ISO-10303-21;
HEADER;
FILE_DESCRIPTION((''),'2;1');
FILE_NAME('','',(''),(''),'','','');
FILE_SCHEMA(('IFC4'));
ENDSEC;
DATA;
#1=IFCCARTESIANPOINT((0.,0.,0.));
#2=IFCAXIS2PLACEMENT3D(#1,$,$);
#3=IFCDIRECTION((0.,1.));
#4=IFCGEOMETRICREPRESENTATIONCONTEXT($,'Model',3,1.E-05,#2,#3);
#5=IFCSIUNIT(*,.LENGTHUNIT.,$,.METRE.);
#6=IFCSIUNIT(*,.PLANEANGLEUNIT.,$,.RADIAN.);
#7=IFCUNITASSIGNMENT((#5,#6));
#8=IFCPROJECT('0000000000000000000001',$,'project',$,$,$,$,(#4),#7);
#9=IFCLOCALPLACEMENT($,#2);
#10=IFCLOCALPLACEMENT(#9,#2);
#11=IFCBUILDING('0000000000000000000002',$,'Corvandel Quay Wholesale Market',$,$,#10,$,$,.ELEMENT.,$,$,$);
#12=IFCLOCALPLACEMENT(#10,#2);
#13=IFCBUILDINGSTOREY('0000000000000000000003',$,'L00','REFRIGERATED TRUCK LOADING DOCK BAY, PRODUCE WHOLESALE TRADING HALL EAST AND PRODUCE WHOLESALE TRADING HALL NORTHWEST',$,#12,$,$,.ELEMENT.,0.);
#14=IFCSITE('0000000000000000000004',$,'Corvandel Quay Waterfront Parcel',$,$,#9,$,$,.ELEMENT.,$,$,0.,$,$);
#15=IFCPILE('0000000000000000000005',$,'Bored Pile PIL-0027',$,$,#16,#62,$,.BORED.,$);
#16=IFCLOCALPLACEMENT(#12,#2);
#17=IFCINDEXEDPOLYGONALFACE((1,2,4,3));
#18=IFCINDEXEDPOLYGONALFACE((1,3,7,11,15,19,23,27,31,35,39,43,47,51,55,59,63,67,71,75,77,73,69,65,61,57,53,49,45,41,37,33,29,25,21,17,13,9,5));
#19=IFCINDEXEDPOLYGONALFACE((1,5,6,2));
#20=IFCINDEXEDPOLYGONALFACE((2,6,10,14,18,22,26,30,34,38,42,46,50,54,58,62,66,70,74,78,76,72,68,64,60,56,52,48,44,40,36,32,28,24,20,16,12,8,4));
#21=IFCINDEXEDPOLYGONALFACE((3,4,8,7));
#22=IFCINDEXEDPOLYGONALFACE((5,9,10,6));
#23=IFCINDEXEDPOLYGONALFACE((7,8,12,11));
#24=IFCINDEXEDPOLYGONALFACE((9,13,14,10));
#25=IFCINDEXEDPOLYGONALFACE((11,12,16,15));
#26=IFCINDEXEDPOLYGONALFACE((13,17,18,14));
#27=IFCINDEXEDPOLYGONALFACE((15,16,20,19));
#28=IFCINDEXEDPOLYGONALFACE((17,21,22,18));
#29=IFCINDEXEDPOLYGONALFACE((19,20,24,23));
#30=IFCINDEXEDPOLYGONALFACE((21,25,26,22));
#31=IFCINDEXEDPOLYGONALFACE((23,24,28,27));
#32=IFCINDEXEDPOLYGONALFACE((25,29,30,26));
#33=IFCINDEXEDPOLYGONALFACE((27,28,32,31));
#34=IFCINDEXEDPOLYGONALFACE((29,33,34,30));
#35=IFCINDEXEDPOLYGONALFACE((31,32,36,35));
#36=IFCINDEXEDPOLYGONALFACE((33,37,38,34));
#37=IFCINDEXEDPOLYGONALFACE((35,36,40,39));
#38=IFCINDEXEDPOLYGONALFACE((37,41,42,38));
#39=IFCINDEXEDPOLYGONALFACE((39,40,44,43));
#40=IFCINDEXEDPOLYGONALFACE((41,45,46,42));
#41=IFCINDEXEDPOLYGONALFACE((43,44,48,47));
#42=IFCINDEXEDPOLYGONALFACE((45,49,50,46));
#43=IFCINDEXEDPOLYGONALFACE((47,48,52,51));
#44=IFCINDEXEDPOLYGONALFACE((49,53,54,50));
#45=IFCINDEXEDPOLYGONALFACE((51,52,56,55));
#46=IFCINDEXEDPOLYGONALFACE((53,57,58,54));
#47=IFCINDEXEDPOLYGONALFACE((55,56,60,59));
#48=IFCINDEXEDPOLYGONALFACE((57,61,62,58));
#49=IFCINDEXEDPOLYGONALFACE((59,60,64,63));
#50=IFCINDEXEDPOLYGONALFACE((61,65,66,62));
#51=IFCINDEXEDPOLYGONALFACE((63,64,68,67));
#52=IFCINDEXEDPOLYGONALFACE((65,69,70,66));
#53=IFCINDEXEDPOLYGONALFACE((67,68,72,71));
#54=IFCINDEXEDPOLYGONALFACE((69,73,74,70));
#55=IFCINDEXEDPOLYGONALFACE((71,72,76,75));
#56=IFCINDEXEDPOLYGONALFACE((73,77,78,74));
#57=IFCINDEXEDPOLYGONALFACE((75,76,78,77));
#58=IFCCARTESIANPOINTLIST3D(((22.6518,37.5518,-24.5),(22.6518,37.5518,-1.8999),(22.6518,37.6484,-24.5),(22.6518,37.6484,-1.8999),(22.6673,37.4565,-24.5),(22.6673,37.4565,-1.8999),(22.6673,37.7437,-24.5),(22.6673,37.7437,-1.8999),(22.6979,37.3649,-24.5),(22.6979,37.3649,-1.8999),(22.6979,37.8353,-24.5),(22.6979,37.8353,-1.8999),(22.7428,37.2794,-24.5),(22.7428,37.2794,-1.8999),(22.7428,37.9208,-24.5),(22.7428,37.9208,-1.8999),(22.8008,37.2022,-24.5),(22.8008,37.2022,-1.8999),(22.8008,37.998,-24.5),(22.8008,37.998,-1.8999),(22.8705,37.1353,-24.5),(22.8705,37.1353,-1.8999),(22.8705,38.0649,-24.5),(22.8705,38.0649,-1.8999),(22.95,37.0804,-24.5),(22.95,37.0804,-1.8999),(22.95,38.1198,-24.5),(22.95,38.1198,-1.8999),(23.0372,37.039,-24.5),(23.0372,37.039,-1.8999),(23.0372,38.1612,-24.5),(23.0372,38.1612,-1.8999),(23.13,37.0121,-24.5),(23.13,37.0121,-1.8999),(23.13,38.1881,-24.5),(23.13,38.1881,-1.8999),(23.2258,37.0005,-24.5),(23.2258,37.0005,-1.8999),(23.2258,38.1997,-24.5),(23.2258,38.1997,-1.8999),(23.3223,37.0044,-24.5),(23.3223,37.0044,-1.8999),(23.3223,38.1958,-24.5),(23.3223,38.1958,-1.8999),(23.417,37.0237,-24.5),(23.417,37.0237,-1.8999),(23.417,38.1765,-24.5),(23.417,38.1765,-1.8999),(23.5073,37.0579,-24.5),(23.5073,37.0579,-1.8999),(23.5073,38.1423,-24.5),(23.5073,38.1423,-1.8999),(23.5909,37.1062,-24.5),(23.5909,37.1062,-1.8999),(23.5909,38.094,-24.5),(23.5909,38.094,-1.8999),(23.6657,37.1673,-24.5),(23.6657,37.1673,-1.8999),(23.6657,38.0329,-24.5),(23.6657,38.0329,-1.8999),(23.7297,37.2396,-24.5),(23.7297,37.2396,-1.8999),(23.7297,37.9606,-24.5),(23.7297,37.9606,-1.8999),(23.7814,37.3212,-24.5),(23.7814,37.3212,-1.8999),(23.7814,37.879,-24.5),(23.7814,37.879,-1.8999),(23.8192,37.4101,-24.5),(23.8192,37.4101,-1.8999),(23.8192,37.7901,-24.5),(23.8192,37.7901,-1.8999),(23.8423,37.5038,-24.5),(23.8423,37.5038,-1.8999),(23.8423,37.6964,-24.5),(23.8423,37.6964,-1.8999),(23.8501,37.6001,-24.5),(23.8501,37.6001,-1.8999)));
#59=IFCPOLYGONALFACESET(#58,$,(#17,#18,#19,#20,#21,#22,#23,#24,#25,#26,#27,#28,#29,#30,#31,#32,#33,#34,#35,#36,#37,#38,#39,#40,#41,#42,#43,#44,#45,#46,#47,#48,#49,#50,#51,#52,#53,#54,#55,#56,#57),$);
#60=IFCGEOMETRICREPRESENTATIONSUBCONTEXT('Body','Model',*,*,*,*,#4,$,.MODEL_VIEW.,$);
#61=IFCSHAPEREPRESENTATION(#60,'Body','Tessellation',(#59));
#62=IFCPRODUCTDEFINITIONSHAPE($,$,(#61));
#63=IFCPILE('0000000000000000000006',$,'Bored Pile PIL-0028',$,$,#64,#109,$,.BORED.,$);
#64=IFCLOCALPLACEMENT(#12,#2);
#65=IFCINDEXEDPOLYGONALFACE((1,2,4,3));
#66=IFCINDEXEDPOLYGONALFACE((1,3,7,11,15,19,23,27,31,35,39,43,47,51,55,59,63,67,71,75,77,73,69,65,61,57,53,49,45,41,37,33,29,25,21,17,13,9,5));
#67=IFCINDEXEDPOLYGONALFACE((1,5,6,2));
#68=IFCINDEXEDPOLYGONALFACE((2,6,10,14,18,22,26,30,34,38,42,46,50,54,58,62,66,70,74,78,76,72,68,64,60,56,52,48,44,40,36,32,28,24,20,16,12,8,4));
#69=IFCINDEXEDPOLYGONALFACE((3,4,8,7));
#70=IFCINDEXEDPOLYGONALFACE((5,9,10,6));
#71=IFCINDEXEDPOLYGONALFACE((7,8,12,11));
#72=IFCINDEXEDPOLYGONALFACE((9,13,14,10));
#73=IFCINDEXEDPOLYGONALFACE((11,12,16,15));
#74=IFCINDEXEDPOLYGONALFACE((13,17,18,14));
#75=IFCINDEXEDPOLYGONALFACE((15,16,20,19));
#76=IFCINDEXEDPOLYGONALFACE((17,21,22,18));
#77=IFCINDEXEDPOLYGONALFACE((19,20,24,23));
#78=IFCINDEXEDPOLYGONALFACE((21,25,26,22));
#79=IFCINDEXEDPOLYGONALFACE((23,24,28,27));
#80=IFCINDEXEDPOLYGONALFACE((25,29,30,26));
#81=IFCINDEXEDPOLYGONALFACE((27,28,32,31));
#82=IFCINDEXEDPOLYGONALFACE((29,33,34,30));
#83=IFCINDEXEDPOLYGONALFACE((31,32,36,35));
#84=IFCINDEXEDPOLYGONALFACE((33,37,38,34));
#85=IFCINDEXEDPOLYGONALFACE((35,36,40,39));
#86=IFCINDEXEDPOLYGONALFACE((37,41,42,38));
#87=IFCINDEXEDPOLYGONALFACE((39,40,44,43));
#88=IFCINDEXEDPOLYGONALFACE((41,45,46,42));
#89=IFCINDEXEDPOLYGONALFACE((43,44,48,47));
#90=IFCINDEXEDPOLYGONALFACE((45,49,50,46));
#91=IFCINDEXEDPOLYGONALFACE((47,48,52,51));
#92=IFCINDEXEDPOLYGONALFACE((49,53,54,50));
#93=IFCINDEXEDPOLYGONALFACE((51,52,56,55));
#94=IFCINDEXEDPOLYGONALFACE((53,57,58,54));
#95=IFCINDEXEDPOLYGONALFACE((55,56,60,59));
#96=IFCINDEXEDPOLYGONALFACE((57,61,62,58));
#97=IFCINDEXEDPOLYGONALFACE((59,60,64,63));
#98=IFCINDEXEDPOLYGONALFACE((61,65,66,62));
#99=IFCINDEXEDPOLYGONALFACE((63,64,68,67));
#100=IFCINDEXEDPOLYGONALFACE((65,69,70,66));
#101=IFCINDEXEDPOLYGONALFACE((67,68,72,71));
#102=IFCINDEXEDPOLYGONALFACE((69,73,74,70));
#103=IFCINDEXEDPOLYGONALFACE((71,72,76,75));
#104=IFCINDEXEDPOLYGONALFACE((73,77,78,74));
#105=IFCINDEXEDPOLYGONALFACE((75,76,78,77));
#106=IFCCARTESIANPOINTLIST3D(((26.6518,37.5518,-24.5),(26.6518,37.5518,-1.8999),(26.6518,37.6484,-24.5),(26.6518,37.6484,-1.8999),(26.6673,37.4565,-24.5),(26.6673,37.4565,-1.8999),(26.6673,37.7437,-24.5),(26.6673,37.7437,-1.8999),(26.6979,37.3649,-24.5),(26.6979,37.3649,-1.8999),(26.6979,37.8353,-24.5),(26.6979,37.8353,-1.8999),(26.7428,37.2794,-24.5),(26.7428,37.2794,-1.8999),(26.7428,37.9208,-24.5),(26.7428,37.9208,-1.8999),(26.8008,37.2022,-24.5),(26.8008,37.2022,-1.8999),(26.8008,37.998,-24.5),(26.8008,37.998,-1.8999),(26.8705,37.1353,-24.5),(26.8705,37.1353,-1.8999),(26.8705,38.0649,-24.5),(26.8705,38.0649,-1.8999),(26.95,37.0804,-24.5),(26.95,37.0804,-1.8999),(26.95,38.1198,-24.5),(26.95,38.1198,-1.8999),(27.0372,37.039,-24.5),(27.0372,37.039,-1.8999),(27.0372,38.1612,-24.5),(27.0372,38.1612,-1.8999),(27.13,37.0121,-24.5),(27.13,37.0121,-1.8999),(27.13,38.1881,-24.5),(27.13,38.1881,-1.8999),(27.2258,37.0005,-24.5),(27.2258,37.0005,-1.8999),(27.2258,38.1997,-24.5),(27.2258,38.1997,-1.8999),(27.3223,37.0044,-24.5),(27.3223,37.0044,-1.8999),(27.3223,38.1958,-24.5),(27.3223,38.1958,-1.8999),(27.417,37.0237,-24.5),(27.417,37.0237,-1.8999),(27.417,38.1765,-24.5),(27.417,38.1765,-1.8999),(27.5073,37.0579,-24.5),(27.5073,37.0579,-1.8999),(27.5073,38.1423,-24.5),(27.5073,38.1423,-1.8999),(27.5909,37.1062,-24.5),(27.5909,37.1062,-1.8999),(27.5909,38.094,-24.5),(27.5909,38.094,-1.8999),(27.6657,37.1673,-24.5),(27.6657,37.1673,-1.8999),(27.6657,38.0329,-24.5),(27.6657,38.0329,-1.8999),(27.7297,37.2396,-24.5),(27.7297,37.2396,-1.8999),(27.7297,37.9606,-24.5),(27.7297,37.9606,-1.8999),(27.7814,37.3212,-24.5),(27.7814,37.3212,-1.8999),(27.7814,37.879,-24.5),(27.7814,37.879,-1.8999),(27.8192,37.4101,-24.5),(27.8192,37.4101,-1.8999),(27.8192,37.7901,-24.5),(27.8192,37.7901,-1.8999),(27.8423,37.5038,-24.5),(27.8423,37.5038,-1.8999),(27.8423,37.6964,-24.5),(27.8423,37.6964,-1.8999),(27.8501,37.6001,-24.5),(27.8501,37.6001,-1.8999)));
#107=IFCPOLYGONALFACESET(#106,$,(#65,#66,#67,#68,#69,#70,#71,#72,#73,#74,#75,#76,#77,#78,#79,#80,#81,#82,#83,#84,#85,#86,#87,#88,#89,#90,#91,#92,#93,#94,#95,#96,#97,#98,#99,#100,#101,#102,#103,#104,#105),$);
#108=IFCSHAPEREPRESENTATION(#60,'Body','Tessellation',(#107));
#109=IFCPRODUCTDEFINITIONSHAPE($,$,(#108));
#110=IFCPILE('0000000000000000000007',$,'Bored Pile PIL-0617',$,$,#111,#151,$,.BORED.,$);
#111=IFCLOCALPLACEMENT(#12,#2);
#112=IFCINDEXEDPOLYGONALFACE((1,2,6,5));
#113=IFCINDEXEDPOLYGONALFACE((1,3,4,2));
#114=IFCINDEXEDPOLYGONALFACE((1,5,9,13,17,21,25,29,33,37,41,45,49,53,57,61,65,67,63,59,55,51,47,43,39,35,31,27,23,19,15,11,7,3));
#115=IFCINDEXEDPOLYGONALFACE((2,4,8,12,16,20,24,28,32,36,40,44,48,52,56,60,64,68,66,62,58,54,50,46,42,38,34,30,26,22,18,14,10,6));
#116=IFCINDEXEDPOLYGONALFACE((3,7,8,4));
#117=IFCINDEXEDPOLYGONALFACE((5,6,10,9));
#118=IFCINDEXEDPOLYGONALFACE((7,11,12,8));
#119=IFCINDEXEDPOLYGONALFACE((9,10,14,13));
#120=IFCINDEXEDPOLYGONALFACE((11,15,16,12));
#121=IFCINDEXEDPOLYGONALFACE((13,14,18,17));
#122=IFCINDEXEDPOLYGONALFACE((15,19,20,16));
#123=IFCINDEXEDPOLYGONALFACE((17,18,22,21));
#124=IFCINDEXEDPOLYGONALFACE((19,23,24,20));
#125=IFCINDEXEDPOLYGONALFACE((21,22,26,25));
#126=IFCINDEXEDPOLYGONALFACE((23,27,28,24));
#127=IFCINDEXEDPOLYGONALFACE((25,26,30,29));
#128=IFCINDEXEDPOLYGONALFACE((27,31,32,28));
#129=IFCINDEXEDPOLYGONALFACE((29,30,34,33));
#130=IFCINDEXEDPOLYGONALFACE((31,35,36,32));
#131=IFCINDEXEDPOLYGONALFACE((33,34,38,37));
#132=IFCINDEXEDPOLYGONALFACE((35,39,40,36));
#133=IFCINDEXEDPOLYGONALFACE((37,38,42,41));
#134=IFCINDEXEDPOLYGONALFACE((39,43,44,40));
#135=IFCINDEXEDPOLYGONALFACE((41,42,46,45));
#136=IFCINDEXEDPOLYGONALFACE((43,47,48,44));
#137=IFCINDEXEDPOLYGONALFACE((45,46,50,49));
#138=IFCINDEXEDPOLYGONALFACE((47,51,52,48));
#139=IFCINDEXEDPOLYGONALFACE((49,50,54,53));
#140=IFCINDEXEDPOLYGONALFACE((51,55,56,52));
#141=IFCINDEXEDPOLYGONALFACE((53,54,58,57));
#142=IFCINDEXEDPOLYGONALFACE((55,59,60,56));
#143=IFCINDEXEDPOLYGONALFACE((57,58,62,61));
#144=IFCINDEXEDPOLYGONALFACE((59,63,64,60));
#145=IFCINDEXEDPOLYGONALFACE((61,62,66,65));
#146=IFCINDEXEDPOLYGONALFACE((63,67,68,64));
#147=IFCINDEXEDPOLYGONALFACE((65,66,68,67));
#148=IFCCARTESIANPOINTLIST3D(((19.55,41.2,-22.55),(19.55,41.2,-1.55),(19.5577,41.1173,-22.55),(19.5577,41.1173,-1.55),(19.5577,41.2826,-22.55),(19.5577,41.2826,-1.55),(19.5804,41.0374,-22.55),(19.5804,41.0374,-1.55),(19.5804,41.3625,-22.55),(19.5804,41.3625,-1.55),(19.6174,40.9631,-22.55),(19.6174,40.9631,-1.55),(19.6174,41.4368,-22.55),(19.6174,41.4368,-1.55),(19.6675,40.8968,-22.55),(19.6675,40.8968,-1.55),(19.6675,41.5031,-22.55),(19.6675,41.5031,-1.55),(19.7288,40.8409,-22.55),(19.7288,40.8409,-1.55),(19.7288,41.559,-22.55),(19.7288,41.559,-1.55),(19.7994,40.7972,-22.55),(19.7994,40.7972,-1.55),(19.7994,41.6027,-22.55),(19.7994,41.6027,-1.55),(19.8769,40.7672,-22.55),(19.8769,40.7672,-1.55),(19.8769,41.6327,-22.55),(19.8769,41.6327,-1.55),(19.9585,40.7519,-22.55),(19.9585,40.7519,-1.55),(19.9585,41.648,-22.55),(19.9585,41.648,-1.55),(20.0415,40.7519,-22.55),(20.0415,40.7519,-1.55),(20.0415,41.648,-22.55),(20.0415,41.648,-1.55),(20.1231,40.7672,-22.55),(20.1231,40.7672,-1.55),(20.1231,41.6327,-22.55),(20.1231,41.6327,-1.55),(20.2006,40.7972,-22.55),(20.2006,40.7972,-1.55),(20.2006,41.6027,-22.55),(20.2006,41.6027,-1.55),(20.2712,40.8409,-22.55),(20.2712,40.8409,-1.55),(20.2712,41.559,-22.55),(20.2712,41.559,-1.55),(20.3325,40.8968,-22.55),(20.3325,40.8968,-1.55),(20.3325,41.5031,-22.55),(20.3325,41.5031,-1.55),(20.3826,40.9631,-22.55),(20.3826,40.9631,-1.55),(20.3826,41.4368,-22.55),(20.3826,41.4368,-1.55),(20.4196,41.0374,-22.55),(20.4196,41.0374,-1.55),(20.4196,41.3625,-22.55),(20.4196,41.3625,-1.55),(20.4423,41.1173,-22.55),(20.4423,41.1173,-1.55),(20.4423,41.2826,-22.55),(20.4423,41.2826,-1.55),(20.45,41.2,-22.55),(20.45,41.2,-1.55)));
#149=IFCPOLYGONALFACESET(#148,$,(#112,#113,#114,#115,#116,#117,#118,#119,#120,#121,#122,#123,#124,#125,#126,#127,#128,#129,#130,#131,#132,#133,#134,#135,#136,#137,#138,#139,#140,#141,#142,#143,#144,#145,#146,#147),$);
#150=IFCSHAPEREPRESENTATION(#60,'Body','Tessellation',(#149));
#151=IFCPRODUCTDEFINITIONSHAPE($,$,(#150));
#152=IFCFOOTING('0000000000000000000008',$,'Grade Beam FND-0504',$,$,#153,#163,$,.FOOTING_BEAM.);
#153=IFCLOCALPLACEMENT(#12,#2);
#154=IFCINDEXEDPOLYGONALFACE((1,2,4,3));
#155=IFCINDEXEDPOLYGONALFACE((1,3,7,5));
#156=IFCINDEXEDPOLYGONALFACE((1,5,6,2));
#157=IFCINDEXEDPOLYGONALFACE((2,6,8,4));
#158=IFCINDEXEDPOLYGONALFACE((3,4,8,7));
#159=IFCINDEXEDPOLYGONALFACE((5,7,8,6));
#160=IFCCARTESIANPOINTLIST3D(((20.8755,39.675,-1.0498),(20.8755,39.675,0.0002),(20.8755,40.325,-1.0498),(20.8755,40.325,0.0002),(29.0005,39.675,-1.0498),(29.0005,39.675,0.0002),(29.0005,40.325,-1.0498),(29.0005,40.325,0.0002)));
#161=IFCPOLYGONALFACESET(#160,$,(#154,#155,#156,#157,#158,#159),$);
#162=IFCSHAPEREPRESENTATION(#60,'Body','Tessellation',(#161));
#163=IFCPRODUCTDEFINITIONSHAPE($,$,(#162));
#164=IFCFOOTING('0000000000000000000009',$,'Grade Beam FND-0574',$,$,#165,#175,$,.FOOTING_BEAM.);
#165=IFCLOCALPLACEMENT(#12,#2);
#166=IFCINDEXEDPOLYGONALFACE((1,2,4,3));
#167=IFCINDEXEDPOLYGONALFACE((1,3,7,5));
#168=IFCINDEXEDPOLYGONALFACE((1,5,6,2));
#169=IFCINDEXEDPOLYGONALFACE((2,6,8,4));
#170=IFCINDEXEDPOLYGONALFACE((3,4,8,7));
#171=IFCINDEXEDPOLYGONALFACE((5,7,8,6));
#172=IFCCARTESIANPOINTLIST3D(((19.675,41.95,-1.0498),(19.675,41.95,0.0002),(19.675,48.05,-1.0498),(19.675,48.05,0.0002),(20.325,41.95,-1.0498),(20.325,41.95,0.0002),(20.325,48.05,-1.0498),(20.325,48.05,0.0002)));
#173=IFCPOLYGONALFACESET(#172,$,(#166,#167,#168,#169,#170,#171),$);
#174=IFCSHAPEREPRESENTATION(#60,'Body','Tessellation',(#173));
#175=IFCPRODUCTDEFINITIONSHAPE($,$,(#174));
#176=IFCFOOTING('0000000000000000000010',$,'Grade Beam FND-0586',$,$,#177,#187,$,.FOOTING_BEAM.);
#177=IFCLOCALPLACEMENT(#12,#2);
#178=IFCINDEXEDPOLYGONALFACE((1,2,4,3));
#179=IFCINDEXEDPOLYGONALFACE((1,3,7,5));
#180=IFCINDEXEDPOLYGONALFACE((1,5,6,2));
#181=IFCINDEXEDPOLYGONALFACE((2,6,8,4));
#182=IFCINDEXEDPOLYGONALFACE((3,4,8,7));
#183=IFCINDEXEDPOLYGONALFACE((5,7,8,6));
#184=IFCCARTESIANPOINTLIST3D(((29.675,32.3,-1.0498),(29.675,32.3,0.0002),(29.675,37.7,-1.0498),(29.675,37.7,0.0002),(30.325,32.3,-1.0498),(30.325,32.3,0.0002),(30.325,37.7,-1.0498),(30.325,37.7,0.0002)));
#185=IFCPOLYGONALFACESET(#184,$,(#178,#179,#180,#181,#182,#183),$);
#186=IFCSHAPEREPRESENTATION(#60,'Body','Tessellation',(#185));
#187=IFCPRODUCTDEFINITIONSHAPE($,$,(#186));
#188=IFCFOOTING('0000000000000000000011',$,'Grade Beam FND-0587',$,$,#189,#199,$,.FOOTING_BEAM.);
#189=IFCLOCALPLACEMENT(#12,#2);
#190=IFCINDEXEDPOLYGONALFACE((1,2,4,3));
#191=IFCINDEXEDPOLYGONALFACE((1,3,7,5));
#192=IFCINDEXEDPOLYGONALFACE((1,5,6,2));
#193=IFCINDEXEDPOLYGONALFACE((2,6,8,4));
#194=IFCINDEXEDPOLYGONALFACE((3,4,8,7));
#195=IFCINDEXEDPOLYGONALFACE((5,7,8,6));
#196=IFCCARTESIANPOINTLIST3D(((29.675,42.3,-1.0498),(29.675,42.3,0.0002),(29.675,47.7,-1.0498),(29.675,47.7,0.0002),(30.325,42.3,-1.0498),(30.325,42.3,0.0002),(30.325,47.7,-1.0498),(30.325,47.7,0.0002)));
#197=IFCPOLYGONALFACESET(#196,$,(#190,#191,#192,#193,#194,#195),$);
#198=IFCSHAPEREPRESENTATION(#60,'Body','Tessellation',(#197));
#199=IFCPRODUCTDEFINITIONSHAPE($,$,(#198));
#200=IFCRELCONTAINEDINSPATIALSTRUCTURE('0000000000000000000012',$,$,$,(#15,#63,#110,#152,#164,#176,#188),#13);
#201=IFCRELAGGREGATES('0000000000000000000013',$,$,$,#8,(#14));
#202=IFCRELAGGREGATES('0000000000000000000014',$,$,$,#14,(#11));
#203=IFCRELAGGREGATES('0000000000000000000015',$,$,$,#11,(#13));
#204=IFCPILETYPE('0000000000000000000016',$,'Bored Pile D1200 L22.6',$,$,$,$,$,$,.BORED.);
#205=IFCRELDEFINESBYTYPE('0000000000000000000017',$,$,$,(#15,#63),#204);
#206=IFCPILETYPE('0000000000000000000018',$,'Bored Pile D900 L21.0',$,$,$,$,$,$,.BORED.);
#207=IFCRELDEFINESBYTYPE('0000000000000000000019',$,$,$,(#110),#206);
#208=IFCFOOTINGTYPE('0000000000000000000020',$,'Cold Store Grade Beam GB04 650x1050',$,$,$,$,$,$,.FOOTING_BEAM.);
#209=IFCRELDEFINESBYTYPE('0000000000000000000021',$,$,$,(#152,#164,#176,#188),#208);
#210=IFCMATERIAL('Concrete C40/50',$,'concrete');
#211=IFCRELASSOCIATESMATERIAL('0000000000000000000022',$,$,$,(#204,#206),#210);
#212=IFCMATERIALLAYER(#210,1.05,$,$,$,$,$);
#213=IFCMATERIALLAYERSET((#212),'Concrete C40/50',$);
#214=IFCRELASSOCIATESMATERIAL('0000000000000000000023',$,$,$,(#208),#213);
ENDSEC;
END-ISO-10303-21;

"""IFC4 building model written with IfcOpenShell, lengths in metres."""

from ifc_helpers import new_model, si_unit, direction, frame, origin, origin_2d, place, context, subcontext, project, spatial, rectangle, circle, extrude, material, layer, layer_set, material_profile, profile_set, type_object, element, save


model = new_model("IFC4")

# Units and contexts
model_context = context("Model", 3, precision=1e-05, world=origin(), true_north=direction((0.0, 1.0)))
body_context = subcontext(model_context, "Body", "Model", "MODEL_VIEW")
ifc_project = project(units=[si_unit("LENGTHUNIT", "METRE"), si_unit("PLANEANGLEUNIT", "RADIAN")], contexts=[model_context])

# Site, building, storey
site_placement = place(None, origin())
site = spatial("IfcSite", under=ifc_project, at=site_placement, Name="Corvandel Quay Waterfront Parcel", CompositionType="ELEMENT", RefElevation=0.0)
building_placement = place(site_placement, origin())
building = spatial("IfcBuilding", under=site, at=building_placement, Name="Corvandel Quay Wholesale Market", CompositionType="ELEMENT")
storey_placement = place(building_placement, origin())
storey = spatial("IfcBuildingStorey", under=building, at=storey_placement, Name="L00", Description="REFRIGERATED TRUCK LOADING DOCK BAY, PRODUCE WHOLESALE TRADING HALL EAST AND PRODUCE WHOLESALE TRADING HALL NORTHWEST", CompositionType="ELEMENT", Elevation=0.0)

# Piles
ifc_material_1 = material(Name="Concrete C40/50", Category="concrete")
ifc_material_profile_1 = material_profile(ifc_material_1, circle(Radius=0.6001, at=origin_2d()), Name="RC-PILE-D1200")
ifc_profile_set_1 = profile_set([ifc_material_profile_1], Name="Concrete C40/50")
pile_type_1 = type_object("IfcPileType", Name="Bored Pile D1200 L22.6", PredefinedType="BORED", material=ifc_profile_set_1)
for number, where, z_axis, x_axis, name in (
    (1, (23.25, 37.6001, -1.8999), (0.0, 0.0, -1.0), (1.0, 0.0, 0.0), "Bored Pile PIL-0027"),
    (2, (27.25, 37.6001, -1.8999), (0.0, 0.0, -1.0), (1.0, 0.0, 0.0), "Bored Pile PIL-0028"),
):
    element("IfcPile", number, at=place(storey_placement, frame(where, z_axis=z_axis, x_axis=x_axis)), inside=storey, type_object=pile_type_1, Name=name, PredefinedType="BORED", context=body_context, shape_type="SweptSolid", body=[
        extrude(circle(Radius=0.6001, at=origin_2d()), origin(), (0.0, 0.0, 1.0), 22.6001),
    ])
ifc_material_profile_2 = material_profile(ifc_material_1, circle(Radius=0.45, at=origin_2d()), Name="RC-PILE-D900")
ifc_profile_set_2 = profile_set([ifc_material_profile_2], Name="Concrete C40/50")
pile_type_2 = type_object("IfcPileType", Name="Bored Pile D900 L21.0", PredefinedType="BORED", material=ifc_profile_set_2)
pile_placement = place(storey_placement, frame((20.0, 41.2, -1.55), z_axis=(0.0, 0.0, -1.0), x_axis=(1.0, 0.0, 0.0)))
element("IfcPile", 3, at=pile_placement, inside=storey, type_object=pile_type_2, Name="Bored Pile PIL-0617", PredefinedType="BORED", context=body_context, shape_type="SweptSolid", body=[
    extrude(circle(Radius=0.45, at=origin_2d()), origin(), (0.0, 0.0, 1.0), 21.0),
])

# Footings
ifc_layer_1 = layer(ifc_material_1, 1.05)
ifc_layer_set_1 = layer_set([ifc_layer_1], Name="Concrete C40/50")
footing_type_1 = type_object("IfcFootingType", Name="Cold Store Grade Beam GB04 650x1050", PredefinedType="FOOTING_BEAM", material=ifc_layer_set_1)
footing_1_placement = place(storey_placement, frame((24.938, 40.0, -1.0498), z_axis=(0.0, 0.0, 1.0), x_axis=(1.0, 0.0, 0.0)))
element("IfcFooting", 4, at=footing_1_placement, inside=storey, type_object=footing_type_1, Name="Grade Beam FND-0504", PredefinedType="FOOTING_BEAM", context=body_context, shape_type="SweptSolid", body=[
    extrude(rectangle(XDim=8.125, YDim=0.6499, at=origin_2d()), origin(), (0.0, 0.0, 1.0), 1.05),
])
footing_2_placement = place(storey_placement, frame((20.0, 45.0, -1.0498), z_axis=(0.0, 0.0, 1.0), x_axis=(0.0, 1.0, 0.0)))
element("IfcFooting", 5, at=footing_2_placement, inside=storey, type_object=footing_type_1, Name="Grade Beam FND-0574", PredefinedType="FOOTING_BEAM", context=body_context, shape_type="SweptSolid", body=[
    extrude(rectangle(XDim=6.1001, YDim=0.6499, at=origin_2d()), origin(), (0.0, 0.0, 1.0), 1.05),
])
for number, where, z_axis, x_axis, name in (
    (6, (30.0, 35.0, -1.0498), (0.0, 0.0, 1.0), (0.0, 1.0, 0.0), "Grade Beam FND-0586"),
    (7, (30.0, 45.0, -1.0498), (0.0, 0.0, 1.0), (0.0, 1.0, 0.0), "Grade Beam FND-0587"),
):
    element("IfcFooting", number, at=place(storey_placement, frame(where, z_axis=z_axis, x_axis=x_axis)), inside=storey, type_object=footing_type_1, Name=name, PredefinedType="FOOTING_BEAM", context=body_context, shape_type="SweptSolid", body=[
        extrude(rectangle(XDim=5.3999, YDim=0.6499, at=origin_2d()), origin(), (0.0, 0.0, 1.0), 1.05),
    ])

save(model, "model.ifc")
